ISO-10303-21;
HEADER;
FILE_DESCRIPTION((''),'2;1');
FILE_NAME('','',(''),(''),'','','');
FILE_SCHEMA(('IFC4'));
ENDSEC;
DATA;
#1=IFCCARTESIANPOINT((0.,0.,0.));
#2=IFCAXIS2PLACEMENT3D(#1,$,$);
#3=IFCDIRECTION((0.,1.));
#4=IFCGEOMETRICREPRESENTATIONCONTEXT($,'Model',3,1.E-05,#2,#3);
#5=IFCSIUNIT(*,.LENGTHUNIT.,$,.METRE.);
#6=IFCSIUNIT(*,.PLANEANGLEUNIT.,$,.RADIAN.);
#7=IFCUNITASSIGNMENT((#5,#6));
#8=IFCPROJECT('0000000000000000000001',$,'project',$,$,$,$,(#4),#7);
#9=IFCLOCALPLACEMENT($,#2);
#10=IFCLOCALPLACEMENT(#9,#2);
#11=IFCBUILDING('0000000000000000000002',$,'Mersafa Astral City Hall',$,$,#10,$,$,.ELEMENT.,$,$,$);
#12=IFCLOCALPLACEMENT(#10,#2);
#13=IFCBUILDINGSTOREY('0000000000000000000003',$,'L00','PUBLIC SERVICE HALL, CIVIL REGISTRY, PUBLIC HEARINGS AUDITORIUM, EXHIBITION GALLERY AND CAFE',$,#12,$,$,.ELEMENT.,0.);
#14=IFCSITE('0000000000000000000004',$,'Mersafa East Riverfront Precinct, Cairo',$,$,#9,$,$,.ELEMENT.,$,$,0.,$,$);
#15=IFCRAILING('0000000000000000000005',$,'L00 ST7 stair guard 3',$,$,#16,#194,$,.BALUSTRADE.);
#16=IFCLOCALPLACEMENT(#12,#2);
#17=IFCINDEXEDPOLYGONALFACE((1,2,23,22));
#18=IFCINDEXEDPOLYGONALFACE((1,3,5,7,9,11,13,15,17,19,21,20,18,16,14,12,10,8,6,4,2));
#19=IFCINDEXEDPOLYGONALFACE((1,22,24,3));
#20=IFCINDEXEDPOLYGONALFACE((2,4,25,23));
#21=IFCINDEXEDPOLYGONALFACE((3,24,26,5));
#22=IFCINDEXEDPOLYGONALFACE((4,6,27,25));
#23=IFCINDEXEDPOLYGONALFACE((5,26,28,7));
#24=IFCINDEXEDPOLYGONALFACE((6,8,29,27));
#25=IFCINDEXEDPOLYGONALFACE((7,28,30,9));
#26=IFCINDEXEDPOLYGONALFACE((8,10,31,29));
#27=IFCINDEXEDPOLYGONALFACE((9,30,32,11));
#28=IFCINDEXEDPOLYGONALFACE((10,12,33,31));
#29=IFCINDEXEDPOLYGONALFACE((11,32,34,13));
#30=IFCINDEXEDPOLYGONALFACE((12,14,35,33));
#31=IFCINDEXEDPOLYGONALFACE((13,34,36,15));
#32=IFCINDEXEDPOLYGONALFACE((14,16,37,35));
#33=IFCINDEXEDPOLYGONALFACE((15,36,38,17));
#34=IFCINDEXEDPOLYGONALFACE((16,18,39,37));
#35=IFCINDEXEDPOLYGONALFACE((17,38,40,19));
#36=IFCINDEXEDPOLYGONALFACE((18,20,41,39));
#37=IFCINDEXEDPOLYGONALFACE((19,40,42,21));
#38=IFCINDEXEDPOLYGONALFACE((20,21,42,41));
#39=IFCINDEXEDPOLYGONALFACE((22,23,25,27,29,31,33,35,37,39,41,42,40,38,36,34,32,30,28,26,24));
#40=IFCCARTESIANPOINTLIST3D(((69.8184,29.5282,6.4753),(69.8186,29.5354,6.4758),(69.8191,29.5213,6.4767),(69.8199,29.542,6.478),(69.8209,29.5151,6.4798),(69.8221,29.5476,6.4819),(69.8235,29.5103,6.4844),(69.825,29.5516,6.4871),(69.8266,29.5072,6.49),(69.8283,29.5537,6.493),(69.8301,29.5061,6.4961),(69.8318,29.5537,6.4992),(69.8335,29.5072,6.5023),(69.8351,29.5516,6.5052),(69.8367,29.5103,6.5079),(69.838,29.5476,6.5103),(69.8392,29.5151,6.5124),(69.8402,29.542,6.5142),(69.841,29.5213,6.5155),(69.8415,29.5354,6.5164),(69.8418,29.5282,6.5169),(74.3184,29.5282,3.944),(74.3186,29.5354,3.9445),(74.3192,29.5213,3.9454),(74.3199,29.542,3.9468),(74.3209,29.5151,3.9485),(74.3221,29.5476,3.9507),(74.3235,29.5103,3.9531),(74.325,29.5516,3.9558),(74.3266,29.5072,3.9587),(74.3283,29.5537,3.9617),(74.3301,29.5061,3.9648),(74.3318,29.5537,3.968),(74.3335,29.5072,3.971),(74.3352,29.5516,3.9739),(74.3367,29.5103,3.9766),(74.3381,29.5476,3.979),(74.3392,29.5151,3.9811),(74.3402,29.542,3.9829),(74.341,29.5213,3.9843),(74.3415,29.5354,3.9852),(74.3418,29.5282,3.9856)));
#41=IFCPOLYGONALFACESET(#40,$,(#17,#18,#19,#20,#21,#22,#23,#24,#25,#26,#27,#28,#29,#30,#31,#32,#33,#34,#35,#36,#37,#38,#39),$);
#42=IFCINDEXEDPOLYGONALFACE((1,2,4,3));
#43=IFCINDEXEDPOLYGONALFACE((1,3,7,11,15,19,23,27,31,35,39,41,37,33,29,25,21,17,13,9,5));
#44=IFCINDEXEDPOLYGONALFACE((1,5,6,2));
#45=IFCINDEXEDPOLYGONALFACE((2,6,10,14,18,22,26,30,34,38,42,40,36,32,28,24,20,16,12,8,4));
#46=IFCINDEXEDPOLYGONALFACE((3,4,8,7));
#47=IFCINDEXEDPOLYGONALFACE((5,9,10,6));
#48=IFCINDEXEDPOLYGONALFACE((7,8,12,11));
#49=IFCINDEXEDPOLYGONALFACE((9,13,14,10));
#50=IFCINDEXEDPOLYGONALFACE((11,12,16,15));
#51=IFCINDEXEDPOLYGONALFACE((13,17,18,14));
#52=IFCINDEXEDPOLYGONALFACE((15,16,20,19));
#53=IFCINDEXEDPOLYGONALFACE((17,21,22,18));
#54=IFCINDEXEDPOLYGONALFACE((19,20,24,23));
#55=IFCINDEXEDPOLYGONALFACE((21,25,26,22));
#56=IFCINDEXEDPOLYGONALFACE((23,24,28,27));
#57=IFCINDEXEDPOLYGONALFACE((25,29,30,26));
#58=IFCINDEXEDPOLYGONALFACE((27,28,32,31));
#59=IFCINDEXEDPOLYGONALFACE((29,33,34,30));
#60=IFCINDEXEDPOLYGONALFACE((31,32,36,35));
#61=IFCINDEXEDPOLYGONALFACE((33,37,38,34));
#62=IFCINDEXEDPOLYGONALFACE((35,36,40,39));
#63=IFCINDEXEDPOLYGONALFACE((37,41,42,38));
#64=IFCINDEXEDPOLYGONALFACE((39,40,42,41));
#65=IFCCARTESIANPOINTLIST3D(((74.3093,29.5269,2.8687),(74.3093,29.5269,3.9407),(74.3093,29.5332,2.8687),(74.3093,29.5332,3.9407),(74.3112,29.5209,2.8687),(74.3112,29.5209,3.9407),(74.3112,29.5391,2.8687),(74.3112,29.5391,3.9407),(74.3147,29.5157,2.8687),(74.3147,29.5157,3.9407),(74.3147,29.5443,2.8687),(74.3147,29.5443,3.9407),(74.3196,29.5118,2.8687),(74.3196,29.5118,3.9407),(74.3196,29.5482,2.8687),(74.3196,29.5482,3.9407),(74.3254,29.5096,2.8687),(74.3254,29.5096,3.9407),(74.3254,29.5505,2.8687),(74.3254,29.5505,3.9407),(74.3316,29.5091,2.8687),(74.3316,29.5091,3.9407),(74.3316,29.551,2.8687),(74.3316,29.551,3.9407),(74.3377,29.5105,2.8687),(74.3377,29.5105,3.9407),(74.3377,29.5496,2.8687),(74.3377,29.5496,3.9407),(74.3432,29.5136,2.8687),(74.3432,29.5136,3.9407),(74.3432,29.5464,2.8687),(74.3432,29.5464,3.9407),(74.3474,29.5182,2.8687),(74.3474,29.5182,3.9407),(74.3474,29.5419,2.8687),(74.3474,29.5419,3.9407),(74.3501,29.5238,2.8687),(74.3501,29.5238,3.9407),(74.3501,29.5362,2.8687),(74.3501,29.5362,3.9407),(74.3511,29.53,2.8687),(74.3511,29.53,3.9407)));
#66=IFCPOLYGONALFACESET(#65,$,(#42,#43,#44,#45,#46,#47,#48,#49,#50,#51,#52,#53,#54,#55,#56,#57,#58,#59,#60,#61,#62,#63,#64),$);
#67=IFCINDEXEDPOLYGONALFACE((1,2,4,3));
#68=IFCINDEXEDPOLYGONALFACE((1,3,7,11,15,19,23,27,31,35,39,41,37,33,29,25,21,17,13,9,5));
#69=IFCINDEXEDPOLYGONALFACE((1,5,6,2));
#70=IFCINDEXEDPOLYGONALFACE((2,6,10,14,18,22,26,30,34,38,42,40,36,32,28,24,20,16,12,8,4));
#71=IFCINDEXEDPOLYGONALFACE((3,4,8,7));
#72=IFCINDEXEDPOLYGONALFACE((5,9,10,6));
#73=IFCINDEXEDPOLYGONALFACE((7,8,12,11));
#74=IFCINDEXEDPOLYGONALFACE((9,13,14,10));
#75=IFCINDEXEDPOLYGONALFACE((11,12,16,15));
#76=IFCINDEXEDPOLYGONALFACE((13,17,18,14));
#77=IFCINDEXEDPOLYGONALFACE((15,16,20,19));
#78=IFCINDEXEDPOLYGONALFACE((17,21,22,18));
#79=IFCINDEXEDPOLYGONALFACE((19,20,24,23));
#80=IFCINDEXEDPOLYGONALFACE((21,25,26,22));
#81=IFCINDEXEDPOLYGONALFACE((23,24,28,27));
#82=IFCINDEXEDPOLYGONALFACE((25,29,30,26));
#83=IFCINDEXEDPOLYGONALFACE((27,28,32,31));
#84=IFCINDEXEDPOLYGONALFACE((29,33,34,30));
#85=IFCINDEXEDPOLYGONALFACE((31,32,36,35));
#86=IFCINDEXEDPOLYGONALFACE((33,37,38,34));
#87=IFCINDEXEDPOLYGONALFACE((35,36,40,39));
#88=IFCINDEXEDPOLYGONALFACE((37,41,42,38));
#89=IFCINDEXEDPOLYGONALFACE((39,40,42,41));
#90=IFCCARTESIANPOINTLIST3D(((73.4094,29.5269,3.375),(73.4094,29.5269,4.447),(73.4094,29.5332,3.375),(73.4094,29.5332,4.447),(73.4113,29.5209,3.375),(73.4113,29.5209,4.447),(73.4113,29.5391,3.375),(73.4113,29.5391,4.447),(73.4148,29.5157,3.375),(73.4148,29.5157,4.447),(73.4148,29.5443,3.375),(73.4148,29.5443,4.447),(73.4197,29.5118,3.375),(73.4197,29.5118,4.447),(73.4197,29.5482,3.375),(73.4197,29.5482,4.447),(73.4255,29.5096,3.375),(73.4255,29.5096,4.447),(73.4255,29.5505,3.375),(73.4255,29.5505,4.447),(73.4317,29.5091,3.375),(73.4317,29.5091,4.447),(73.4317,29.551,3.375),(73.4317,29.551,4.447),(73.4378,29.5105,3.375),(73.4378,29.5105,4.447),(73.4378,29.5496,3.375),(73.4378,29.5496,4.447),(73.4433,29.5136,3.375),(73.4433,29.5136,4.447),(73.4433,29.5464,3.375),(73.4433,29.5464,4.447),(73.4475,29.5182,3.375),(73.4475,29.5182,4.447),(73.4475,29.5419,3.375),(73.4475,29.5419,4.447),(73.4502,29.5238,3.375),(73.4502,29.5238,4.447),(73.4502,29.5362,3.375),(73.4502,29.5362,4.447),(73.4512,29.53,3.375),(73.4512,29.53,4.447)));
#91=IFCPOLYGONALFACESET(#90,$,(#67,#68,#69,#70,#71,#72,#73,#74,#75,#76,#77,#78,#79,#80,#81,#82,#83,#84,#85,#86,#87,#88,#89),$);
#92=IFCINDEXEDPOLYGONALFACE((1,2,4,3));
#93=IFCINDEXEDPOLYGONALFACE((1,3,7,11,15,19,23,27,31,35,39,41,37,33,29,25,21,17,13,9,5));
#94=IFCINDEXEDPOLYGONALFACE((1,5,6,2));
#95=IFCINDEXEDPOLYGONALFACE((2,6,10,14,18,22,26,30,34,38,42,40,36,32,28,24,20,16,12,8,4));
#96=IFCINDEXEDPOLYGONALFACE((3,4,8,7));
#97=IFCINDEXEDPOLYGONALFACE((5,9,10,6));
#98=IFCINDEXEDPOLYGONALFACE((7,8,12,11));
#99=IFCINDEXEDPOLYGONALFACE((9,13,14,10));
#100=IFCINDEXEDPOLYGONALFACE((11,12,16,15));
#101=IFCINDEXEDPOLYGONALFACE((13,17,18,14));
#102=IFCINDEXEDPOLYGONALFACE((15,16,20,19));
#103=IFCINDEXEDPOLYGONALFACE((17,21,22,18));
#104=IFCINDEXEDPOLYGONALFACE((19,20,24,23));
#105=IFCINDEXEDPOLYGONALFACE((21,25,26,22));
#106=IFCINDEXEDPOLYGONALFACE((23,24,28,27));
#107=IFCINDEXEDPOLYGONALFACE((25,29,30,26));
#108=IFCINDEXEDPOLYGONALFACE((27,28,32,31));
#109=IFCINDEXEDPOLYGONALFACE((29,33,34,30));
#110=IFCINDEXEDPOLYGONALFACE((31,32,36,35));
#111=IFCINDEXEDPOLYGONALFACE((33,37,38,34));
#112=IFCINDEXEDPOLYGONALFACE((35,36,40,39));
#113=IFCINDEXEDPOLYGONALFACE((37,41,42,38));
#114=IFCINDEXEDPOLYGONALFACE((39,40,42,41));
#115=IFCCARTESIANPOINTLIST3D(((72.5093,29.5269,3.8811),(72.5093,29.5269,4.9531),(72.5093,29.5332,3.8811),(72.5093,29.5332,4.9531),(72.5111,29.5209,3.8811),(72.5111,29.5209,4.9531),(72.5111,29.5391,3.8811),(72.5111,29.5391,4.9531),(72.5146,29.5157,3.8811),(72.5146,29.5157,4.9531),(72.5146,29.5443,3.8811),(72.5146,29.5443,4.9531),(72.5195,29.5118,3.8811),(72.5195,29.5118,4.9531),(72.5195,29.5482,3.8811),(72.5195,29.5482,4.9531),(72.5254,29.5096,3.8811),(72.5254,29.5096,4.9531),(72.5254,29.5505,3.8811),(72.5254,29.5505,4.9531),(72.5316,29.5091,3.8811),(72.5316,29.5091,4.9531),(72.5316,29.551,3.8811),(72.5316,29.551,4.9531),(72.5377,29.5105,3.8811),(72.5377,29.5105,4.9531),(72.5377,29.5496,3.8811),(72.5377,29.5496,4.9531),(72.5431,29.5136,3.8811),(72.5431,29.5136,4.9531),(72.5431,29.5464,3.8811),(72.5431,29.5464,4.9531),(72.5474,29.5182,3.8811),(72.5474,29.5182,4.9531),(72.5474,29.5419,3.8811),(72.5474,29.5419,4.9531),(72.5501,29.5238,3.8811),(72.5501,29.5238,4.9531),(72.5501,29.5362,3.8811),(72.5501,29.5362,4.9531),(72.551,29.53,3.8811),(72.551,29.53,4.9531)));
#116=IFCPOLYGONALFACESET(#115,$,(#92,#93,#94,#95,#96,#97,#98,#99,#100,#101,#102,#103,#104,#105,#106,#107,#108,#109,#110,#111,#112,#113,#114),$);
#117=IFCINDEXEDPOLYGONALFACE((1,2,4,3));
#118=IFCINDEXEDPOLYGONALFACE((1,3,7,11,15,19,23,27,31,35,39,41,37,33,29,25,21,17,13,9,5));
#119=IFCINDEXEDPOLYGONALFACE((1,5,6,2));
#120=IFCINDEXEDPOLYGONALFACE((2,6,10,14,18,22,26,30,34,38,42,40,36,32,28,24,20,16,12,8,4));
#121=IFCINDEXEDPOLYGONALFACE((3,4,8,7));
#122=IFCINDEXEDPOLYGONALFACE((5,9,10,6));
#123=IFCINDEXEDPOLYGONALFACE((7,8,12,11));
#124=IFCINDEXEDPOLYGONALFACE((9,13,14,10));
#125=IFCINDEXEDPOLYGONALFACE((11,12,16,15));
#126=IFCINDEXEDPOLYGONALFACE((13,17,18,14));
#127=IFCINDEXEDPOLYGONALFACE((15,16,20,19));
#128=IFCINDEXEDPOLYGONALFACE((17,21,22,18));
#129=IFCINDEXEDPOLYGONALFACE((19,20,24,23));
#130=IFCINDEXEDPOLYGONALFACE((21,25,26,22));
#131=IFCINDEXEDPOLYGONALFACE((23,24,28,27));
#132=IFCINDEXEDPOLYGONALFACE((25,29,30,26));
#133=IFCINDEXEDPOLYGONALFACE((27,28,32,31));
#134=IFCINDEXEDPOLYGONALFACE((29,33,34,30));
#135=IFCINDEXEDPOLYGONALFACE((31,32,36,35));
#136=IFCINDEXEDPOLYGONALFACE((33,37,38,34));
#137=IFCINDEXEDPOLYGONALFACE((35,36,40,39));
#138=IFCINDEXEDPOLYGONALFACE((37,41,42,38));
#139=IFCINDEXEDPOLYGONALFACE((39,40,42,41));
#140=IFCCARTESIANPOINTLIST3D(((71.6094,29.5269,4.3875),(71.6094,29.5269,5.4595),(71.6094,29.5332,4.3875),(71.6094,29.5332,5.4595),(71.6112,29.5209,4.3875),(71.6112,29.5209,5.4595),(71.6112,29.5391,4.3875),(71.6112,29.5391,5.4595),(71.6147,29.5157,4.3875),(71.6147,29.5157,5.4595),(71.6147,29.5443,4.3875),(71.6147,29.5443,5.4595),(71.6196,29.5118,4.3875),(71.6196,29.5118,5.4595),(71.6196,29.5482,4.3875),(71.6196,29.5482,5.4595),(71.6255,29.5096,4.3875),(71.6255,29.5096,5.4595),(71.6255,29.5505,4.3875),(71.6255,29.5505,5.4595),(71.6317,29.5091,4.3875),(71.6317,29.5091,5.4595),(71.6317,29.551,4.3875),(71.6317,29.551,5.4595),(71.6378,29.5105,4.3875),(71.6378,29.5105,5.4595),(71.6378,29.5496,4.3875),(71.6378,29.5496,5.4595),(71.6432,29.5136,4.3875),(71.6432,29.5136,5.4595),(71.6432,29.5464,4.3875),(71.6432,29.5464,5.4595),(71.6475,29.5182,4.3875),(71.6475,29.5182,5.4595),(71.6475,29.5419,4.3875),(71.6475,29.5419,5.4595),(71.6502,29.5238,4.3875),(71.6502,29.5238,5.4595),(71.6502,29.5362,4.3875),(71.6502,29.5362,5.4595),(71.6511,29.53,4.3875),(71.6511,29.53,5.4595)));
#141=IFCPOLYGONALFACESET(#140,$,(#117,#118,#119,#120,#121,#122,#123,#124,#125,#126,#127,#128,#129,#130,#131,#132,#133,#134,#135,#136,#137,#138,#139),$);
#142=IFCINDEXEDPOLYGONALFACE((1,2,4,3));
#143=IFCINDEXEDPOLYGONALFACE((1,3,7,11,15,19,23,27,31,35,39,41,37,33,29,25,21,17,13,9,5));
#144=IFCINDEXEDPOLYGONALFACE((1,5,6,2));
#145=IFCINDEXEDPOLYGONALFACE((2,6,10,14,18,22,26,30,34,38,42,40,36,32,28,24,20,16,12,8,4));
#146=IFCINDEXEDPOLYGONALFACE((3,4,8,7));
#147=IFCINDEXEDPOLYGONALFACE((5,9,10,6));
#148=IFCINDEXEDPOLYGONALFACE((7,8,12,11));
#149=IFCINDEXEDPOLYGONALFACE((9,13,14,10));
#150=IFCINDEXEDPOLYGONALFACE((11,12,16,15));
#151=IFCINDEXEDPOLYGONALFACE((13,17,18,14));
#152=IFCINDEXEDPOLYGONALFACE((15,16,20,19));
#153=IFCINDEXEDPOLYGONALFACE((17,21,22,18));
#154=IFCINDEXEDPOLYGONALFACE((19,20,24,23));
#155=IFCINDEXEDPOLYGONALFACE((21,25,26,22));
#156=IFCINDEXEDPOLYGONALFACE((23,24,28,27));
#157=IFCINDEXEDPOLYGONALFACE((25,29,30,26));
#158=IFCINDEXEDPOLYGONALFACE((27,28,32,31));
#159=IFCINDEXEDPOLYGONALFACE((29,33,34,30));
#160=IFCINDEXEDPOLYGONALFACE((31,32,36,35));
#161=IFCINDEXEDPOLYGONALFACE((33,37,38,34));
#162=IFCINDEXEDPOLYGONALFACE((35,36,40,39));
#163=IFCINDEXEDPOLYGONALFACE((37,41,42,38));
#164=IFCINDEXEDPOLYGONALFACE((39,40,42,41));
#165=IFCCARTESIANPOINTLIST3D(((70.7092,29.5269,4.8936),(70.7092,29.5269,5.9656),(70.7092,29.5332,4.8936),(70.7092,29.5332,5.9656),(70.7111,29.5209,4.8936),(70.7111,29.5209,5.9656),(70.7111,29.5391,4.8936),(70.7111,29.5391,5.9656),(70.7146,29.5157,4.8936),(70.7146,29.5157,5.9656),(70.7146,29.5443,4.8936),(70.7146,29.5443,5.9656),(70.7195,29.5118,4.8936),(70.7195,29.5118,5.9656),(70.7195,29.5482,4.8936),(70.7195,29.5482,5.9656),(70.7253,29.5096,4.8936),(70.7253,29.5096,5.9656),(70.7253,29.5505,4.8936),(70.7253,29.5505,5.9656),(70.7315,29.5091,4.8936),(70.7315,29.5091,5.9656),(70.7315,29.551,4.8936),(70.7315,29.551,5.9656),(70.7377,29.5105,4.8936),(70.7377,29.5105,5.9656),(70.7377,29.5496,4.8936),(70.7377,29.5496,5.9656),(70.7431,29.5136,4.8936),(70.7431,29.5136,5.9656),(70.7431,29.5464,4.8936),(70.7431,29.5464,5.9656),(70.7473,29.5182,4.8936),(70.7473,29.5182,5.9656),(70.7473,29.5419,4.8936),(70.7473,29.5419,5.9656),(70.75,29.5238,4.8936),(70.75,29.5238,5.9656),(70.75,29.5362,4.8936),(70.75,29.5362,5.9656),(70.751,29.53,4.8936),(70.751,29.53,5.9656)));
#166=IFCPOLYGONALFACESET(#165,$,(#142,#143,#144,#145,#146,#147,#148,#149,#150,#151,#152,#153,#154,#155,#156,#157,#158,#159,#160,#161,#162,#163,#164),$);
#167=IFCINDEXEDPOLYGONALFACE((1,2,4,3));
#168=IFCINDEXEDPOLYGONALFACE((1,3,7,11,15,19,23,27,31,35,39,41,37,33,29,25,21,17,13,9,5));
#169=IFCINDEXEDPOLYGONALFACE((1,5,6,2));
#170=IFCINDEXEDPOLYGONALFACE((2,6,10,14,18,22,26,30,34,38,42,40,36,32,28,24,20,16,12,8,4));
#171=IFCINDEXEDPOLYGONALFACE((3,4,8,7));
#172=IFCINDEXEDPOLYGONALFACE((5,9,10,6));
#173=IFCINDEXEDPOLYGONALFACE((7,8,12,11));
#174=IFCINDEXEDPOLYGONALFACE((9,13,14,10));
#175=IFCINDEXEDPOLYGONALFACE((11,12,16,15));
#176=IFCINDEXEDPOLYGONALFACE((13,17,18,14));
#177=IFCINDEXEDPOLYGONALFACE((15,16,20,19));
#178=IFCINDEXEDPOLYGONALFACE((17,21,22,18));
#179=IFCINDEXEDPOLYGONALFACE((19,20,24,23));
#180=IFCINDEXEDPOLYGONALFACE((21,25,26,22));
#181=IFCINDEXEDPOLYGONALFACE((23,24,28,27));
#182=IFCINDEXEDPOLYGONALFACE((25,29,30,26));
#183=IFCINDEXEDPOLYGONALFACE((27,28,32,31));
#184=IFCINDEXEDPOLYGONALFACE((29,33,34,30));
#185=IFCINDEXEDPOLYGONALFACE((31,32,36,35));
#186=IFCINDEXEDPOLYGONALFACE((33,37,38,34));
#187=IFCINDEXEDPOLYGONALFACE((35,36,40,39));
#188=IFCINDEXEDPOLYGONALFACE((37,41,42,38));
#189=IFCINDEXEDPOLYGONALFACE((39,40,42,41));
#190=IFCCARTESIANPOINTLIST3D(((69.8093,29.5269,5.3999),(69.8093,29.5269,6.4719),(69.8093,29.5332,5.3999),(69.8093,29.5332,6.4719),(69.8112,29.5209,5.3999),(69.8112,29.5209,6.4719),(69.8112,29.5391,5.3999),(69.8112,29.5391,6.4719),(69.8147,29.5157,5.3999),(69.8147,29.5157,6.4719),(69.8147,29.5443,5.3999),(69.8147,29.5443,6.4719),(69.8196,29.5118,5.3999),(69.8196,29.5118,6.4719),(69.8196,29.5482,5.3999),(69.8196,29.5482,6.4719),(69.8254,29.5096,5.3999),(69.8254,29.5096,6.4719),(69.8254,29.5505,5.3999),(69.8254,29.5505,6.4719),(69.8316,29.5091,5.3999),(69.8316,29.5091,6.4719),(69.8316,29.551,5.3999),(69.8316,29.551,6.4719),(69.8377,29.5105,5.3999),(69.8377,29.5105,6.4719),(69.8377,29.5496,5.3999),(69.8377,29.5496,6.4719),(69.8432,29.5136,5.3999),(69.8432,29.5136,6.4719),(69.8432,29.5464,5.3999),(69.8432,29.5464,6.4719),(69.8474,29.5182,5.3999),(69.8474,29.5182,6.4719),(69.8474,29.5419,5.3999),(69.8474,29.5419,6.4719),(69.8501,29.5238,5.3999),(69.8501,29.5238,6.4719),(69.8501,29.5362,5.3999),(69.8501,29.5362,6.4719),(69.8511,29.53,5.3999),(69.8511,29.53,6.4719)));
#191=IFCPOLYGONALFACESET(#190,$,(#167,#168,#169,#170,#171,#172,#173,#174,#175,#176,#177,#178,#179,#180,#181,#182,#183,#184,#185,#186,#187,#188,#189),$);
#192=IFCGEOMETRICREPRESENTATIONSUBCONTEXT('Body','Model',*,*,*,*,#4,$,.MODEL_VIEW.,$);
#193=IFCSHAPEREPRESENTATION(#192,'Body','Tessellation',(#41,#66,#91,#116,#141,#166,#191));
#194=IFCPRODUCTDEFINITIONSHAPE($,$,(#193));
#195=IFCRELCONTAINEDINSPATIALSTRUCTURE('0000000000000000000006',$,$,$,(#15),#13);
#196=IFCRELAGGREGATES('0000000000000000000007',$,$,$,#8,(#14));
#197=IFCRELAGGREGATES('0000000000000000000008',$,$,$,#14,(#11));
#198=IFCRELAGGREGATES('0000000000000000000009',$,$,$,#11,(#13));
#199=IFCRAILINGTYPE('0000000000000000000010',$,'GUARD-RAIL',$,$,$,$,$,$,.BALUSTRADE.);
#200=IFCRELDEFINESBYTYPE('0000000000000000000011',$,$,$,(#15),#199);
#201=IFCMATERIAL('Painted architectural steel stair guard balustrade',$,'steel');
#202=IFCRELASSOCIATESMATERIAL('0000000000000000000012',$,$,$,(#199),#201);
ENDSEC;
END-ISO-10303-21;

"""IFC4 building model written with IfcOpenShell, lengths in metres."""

from ifc_helpers import new_model, si_unit, direction, frame, origin, origin_2d, place, context, subcontext, project, spatial, circle, extrude, material, type_object, element, save


model = new_model("IFC4")

# Units and contexts
model_context = context("Model", 3, precision=1e-05, world=origin(), true_north=direction((0.0, 1.0)))
body_context = subcontext(model_context, "Body", "Model", "MODEL_VIEW")
ifc_project = project(units=[si_unit("LENGTHUNIT", "METRE"), si_unit("PLANEANGLEUNIT", "RADIAN")], contexts=[model_context])

# Site, building, storey
site_placement = place(None, origin())
site = spatial("IfcSite", under=ifc_project, at=site_placement, Name="Mersafa East Riverfront Precinct, Cairo", CompositionType="ELEMENT", RefElevation=0.0)
building_placement = place(site_placement, origin())
building = spatial("IfcBuilding", under=site, at=building_placement, Name="Mersafa Astral City Hall", CompositionType="ELEMENT")
storey_placement = place(building_placement, origin())
storey = spatial("IfcBuildingStorey", under=building, at=storey_placement, Name="L00", Description="PUBLIC SERVICE HALL, CIVIL REGISTRY, PUBLIC HEARINGS AUDITORIUM, EXHIBITION GALLERY AND CAFE", CompositionType="ELEMENT", Elevation=0.0)

# Railing
ifc_material_1 = material(Name="Painted architectural steel stair guard balustrade", Category="steel")
railing_type_1 = type_object("IfcRailingType", Name="GUARD-RAIL", PredefinedType="BALUSTRADE", material=ifc_material_1)
railing_1_placement = place(storey_placement, frame((74.3301, 29.53, 2.8687)))
element("IfcRailing", 1, at=railing_1_placement, inside=storey, type_object=railing_type_1, Name="L00 ST7 stair guard 3", PredefinedType="BALUSTRADE", context=body_context, shape_type="SweptSolid", body=[
    extrude(circle(Radius=0.0239, at=origin_2d()), frame((0.0, 0.0, 1.0962), z_axis=(-0.871576, 0.0, 0.490261), x_axis=(0.0, -1.0, 0.0)), (0.0, 0.0, 1.0), 5.1631),
    extrude(circle(Radius=0.021, at=origin_2d()), origin(), (0.0, 0.0, 1.0), 1.072),
    extrude(circle(Radius=0.021, at=origin_2d()), frame((-0.8999, 0.0, 0.5063)), (0.0, 0.0, 1.0), 1.072),
    extrude(circle(Radius=0.021, at=origin_2d()), frame((-1.8, 0.0, 1.0125)), (0.0, 0.0, 1.0), 1.072),
    extrude(circle(Radius=0.021, at=origin_2d()), frame((-2.7, 0.0, 1.5188)), (0.0, 0.0, 1.0), 1.072),
    extrude(circle(Radius=0.021, at=origin_2d()), frame((-3.6001, 0.0, 2.0249)), (0.0, 0.0, 1.0), 1.072),
    extrude(circle(Radius=0.021, at=origin_2d()), frame((-4.5, 0.0, 2.5312)), (0.0, 0.0, 1.0), 1.072),
])

save(model, "model.ifc")
